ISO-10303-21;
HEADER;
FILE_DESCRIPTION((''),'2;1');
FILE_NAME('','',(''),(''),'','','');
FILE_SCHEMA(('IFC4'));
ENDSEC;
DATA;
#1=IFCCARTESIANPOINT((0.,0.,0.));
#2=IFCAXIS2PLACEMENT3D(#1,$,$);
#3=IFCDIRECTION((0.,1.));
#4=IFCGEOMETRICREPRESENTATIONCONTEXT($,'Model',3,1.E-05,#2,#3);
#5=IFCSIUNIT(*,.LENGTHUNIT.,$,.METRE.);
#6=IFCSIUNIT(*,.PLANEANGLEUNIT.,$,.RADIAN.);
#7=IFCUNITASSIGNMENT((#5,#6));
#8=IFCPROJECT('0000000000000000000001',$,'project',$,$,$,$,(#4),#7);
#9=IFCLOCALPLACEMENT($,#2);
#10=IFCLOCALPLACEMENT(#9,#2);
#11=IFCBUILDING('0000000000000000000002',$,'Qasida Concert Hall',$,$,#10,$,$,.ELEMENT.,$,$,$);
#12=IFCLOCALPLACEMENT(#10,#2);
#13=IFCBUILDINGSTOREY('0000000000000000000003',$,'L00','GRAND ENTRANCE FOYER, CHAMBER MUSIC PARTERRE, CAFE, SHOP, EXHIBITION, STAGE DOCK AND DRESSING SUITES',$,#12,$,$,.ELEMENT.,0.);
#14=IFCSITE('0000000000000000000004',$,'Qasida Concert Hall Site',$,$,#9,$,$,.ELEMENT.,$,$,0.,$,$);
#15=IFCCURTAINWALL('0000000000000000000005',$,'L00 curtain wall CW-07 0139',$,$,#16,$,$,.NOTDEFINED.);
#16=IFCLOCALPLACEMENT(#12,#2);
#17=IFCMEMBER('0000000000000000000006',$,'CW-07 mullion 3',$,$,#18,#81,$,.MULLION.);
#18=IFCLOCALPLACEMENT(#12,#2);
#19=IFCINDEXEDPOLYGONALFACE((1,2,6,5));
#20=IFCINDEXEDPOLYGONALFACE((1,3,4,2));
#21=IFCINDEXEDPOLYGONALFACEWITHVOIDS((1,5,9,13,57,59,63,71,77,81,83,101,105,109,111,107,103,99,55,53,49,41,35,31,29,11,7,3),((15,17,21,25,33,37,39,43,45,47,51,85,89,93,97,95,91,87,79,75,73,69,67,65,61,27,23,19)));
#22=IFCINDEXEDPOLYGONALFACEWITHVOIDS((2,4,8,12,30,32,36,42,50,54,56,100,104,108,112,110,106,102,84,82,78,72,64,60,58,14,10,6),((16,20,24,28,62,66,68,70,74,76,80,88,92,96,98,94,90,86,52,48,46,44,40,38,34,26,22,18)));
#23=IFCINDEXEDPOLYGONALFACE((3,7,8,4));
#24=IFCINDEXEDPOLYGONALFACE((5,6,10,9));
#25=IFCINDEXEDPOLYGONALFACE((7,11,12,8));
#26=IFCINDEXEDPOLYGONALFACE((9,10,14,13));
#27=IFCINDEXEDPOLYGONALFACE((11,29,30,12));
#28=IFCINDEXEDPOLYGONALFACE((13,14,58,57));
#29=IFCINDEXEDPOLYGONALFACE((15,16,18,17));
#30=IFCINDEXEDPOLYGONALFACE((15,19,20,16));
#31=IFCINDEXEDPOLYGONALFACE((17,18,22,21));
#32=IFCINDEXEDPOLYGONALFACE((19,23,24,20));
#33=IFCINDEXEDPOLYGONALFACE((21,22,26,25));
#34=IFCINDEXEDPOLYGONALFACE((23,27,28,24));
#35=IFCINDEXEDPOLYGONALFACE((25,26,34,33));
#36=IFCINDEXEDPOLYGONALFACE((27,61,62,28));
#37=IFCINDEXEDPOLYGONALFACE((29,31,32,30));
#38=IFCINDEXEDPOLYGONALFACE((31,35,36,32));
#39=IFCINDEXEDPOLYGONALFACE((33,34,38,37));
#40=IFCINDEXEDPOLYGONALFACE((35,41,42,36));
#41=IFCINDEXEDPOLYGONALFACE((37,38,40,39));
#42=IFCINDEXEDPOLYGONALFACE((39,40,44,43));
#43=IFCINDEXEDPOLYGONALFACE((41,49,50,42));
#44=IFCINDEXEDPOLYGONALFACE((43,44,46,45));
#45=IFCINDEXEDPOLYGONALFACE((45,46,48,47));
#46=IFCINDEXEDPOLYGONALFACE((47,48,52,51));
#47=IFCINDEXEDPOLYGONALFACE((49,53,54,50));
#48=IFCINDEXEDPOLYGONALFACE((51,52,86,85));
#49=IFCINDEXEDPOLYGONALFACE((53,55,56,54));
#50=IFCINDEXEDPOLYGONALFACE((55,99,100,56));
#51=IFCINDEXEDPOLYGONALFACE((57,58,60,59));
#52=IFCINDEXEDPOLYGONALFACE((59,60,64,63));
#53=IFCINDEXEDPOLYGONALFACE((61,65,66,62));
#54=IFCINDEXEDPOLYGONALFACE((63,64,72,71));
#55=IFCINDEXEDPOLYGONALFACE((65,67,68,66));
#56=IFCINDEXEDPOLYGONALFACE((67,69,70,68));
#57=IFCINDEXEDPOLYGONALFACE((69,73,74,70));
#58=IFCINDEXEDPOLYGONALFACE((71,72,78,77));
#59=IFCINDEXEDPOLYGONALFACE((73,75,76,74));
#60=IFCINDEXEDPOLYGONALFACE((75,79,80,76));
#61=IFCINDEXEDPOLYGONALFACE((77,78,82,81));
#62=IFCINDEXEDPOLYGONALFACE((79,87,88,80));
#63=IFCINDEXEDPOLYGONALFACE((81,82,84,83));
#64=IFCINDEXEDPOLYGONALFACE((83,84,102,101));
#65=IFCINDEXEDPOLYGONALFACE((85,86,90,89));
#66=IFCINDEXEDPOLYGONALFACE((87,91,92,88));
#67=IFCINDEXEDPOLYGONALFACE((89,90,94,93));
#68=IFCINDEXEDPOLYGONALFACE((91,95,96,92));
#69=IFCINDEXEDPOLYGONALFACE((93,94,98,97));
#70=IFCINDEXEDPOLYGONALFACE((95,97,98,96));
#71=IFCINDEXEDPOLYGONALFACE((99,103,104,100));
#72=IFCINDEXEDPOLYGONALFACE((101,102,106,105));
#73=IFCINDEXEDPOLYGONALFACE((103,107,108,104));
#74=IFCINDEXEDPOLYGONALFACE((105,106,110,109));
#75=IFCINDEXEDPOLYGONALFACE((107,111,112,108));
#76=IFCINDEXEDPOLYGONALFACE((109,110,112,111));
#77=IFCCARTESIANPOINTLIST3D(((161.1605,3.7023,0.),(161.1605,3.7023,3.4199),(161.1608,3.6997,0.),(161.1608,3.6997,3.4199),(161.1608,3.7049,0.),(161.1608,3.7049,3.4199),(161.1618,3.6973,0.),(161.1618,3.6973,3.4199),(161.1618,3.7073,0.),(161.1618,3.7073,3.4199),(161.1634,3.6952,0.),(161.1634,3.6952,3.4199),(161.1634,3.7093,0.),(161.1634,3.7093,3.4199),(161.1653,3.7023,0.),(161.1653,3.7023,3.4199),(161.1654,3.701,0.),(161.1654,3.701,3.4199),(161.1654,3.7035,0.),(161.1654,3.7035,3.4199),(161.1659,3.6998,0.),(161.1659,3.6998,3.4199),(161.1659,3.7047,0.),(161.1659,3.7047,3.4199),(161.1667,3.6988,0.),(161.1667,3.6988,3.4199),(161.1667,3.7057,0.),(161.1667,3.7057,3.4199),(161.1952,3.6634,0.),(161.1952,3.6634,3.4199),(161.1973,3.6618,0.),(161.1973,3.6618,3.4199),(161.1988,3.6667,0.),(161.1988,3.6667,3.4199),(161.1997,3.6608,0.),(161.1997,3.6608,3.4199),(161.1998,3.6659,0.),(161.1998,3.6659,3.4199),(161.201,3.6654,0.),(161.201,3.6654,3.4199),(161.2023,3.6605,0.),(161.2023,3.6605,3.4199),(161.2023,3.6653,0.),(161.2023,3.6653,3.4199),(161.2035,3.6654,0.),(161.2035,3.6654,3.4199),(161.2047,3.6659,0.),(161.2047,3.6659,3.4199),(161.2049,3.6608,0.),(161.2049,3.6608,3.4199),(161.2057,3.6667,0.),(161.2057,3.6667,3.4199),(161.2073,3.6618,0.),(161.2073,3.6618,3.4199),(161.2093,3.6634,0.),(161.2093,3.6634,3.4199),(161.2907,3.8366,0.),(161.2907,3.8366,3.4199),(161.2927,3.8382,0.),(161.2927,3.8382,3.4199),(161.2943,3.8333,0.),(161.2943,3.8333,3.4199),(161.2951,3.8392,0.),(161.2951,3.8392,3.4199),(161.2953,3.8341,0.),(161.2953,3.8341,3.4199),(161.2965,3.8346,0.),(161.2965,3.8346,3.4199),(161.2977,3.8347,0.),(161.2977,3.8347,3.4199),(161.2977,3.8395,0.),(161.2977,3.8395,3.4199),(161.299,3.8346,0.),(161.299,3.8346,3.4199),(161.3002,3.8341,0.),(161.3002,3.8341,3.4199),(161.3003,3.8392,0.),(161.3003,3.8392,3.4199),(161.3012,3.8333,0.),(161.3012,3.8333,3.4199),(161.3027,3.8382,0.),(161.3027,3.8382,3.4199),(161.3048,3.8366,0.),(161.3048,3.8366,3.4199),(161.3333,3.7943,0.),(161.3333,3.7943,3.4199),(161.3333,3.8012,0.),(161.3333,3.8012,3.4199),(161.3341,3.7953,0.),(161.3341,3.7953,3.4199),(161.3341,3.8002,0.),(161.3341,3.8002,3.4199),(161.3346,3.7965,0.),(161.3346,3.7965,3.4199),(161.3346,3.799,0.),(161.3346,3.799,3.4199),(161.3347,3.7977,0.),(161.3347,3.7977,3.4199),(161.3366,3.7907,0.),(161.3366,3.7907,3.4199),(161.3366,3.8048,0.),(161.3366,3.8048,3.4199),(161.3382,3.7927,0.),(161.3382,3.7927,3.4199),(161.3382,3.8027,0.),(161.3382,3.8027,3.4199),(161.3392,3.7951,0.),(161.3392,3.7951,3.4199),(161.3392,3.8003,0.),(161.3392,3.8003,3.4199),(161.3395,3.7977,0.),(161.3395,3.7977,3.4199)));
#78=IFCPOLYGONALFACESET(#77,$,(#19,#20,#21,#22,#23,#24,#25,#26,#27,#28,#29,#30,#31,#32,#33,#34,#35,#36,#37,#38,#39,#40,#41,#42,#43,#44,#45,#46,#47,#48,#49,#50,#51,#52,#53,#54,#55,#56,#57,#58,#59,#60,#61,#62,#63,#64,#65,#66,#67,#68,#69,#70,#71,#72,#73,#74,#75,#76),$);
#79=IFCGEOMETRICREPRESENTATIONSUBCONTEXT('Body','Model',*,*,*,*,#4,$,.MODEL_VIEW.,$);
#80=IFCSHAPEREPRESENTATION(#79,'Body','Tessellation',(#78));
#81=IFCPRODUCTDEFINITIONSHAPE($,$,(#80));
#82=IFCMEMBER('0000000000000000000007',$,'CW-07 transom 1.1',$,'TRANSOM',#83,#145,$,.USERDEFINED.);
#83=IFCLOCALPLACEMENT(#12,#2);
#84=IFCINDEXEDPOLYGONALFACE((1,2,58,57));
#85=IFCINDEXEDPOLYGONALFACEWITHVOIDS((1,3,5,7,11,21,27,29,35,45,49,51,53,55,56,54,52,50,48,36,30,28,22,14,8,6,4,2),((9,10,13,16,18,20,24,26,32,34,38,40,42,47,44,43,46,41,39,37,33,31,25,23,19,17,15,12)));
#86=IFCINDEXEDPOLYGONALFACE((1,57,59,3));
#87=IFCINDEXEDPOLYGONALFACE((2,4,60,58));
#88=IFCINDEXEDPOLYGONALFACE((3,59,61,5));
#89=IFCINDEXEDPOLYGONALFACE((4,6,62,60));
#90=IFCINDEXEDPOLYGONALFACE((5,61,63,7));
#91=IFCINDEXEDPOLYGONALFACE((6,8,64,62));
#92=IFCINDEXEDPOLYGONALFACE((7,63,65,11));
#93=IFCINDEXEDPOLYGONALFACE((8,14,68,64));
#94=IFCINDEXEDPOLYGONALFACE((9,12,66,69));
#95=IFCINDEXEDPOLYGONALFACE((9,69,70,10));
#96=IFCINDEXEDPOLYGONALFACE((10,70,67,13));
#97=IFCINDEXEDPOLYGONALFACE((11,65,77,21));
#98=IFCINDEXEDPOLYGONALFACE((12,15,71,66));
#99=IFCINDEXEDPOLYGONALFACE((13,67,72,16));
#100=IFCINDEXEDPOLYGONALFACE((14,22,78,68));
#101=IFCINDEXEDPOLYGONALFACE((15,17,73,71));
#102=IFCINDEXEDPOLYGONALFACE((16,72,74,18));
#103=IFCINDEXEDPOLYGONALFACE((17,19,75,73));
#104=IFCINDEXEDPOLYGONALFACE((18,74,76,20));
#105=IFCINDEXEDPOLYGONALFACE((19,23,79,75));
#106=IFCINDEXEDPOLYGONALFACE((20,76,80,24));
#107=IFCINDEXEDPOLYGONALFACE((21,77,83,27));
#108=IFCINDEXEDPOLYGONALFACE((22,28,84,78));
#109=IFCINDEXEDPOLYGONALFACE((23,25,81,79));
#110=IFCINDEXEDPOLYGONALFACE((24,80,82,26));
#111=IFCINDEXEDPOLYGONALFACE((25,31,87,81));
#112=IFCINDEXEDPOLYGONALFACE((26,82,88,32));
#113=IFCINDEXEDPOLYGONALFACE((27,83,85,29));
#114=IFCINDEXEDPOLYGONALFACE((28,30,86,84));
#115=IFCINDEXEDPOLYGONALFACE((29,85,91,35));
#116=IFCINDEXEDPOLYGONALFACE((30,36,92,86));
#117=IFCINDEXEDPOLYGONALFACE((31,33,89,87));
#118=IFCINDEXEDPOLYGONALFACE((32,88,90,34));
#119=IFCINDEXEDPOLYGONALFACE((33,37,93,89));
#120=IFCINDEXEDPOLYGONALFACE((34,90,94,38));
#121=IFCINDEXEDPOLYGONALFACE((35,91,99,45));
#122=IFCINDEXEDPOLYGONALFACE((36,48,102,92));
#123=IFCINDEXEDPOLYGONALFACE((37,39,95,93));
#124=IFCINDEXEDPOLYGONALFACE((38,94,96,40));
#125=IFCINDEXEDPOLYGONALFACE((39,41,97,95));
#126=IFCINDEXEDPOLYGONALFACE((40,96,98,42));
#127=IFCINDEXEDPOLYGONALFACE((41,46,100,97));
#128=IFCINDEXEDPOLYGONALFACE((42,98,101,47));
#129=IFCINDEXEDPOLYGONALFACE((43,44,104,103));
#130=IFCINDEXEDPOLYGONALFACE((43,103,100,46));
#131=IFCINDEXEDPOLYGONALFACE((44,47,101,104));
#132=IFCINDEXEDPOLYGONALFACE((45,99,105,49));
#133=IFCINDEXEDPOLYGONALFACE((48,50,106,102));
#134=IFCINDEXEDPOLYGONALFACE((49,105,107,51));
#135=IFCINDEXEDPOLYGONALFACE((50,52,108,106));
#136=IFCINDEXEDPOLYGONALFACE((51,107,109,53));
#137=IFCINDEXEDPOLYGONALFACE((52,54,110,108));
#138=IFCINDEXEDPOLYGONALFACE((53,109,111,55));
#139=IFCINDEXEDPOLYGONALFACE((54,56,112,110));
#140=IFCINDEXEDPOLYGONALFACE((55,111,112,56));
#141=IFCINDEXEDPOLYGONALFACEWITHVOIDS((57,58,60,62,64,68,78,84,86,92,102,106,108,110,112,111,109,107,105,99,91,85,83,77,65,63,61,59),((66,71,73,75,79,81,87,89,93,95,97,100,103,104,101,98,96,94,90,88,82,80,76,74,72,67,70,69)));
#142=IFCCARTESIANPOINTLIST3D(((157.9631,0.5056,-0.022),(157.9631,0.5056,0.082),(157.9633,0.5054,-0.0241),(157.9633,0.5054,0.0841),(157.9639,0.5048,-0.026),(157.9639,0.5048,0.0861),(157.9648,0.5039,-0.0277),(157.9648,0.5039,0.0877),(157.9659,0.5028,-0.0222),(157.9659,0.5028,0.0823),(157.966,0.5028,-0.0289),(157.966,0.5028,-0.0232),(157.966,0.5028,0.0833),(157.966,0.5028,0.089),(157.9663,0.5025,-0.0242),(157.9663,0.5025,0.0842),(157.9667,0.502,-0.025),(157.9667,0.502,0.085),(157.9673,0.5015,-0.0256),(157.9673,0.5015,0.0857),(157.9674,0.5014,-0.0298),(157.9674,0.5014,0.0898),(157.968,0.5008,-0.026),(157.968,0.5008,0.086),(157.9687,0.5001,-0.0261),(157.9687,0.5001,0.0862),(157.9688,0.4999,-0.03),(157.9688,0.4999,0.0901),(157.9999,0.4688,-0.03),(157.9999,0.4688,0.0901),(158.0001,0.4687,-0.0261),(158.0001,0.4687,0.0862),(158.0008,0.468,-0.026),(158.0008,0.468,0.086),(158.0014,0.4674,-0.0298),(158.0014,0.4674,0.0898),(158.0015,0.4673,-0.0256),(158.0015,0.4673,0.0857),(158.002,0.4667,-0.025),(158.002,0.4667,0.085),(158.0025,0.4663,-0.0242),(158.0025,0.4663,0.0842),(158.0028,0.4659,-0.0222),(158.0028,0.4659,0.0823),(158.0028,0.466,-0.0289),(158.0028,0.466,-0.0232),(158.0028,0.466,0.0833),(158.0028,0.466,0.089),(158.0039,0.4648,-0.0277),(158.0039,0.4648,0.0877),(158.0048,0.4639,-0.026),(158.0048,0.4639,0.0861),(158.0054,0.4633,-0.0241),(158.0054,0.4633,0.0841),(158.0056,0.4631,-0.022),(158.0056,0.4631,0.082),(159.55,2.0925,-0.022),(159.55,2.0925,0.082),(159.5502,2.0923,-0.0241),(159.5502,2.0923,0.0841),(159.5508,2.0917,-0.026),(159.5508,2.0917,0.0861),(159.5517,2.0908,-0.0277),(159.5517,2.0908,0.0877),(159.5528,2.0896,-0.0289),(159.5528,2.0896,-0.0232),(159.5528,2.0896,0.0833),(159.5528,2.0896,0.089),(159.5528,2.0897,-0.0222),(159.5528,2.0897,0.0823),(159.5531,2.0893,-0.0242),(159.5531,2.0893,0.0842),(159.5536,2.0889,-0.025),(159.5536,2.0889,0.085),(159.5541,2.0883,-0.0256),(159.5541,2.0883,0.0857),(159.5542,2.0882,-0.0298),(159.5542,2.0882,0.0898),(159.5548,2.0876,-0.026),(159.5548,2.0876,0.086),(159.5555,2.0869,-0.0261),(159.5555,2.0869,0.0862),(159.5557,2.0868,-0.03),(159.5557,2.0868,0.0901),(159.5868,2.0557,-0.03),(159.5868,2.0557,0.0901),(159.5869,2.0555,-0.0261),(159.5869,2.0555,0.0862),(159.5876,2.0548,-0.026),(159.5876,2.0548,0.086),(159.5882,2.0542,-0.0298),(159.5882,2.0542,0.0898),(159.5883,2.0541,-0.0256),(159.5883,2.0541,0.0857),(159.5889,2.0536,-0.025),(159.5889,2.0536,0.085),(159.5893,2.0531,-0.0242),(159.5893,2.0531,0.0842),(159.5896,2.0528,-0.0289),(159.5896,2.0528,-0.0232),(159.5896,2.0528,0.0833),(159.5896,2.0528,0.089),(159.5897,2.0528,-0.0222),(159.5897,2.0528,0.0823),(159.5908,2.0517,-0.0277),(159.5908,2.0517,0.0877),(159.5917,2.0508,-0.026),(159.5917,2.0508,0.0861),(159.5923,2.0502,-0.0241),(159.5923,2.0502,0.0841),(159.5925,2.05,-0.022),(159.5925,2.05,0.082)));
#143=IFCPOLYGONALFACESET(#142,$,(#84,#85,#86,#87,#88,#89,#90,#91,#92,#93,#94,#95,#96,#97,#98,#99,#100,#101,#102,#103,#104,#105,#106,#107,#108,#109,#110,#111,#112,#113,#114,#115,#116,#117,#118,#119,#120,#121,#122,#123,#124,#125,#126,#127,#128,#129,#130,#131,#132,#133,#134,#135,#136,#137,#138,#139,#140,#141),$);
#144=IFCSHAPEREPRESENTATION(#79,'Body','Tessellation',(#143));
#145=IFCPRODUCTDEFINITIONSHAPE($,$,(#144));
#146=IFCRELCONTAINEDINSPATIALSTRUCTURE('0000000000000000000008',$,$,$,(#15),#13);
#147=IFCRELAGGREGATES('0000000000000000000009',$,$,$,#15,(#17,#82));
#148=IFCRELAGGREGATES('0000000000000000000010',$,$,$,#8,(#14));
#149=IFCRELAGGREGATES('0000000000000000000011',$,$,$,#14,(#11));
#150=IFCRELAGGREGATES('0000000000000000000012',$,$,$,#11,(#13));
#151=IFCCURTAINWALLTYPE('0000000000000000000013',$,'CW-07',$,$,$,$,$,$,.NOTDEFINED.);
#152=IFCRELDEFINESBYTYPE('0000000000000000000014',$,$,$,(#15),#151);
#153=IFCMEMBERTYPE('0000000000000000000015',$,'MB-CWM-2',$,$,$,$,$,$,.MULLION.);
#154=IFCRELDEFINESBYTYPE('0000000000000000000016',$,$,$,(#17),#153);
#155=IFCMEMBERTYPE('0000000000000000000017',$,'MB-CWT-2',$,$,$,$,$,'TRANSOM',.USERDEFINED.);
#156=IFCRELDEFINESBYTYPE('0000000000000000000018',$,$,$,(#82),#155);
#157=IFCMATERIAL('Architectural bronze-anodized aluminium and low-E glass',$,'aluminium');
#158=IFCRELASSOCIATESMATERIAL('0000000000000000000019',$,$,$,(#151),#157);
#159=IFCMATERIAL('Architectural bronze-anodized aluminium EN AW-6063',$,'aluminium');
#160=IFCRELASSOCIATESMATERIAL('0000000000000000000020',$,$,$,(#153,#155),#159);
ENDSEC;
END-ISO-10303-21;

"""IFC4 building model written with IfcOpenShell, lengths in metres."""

from ifc_helpers import new_model, si_unit, direction, frame, origin, origin_2d, place, context, subcontext, project, spatial, hollow_rectangle, extrude, material, material_profile, profile_set, type_object, element, aggregate, save


model = new_model("IFC4")

# Units and contexts
model_context = context("Model", 3, precision=1e-05, world=origin(), true_north=direction((0.0, 1.0)))
body_context = subcontext(model_context, "Body", "Model", "MODEL_VIEW")
ifc_project = project(units=[si_unit("LENGTHUNIT", "METRE"), si_unit("PLANEANGLEUNIT", "RADIAN")], contexts=[model_context])

# Site, building, storey
site_placement = place(None, origin())
site = spatial("IfcSite", under=ifc_project, at=site_placement, Name="Qasida Concert Hall Site", CompositionType="ELEMENT", RefElevation=0.0)
building_placement = place(site_placement, origin())
building = spatial("IfcBuilding", under=site, at=building_placement, Name="Qasida Concert Hall", CompositionType="ELEMENT")
storey_placement = place(building_placement, origin())
storey = spatial("IfcBuildingStorey", under=building, at=storey_placement, Name="L00", Description="GRAND ENTRANCE FOYER, CHAMBER MUSIC PARTERRE, CAFE, SHOP, EXHIBITION, STAGE DOCK AND DRESSING SUITES", CompositionType="ELEMENT", Elevation=0.0)

# Curtain wall, members
ifc_material_1 = material(Name="Architectural bronze-anodized aluminium and low-E glass", Category="aluminium")
curtain_wall_type = type_object("IfcCurtainWallType", Name="CW-07", PredefinedType="NOTDEFINED", material=ifc_material_1)
curtain_wall_placement = place(storey_placement, origin())
curtain_wall = element("IfcCurtainWall", 1, at=curtain_wall_placement, inside=storey, type_object=curtain_wall_type, Name="L00 curtain wall CW-07 0139", PredefinedType="NOTDEFINED")
ifc_material_2 = material(Name="Architectural bronze-anodized aluminium EN AW-6063", Category="aluminium")
ifc_material_profile_1 = material_profile(ifc_material_2, hollow_rectangle(XDim=0.0649, YDim=0.2, WallThickness=0.0049, InnerFilletRadius=0.0049, OuterFilletRadius=0.01, at=origin_2d()), Name="CWM 200x65x5")
ifc_profile_set_1 = profile_set([ifc_material_profile_1], Name="Architectural bronze-anodized aluminium EN AW-6063")
member_type_1 = type_object("IfcMemberType", Name="MB-CWM-2", PredefinedType="MULLION", material=ifc_profile_set_1)
member_1_placement = place(storey_placement, frame((161.25, 3.75, 0.0), z_axis=(0.0, 0.0, 1.0), x_axis=(-0.707107, 0.707107, 0.0)))
member_1 = element("IfcMember", 2, at=member_1_placement, type_object=member_type_1, Name="CW-07 mullion 3", PredefinedType="MULLION", context=body_context, shape_type="SweptSolid", body=[
    extrude(hollow_rectangle(XDim=0.0649, YDim=0.2, WallThickness=0.0049, InnerFilletRadius=0.0049, OuterFilletRadius=0.01, at=origin_2d()), origin(), (0.0, 0.0, 1.0), 3.4199),
])
ifc_material_profile_2 = material_profile(ifc_material_2, hollow_rectangle(XDim=0.0601, YDim=0.1201, WallThickness=0.0039, InnerFilletRadius=0.0039, OuterFilletRadius=0.0081, at=origin_2d()), Name="CWT 120x60x4")
ifc_profile_set_2 = profile_set([ifc_material_profile_2], Name="Architectural bronze-anodized aluminium EN AW-6063")
member_type_2 = type_object("IfcMemberType", Name="MB-CWT-2", ElementType="TRANSOM", PredefinedType="USERDEFINED", material=ifc_profile_set_2)
member_2_placement = place(storey_placement, frame((157.9844, 0.4844, 0.03), z_axis=(0.707107, 0.707107, 0.0), x_axis=(-0.707107, 0.707107, 0.0)))
member_2 = element("IfcMember", 3, at=member_2_placement, type_object=member_type_2, Name="CW-07 transom 1.1", ObjectType="TRANSOM", PredefinedType="USERDEFINED", context=body_context, shape_type="SweptSolid", body=[
    extrude(hollow_rectangle(XDim=0.0601, YDim=0.1201, WallThickness=0.0039, InnerFilletRadius=0.0039, OuterFilletRadius=0.0081, at=origin_2d()), origin(), (0.0, 0.0, 1.0), 2.2441),
])
aggregate(curtain_wall, [member_1, member_2])

save(model, "model.ifc")
